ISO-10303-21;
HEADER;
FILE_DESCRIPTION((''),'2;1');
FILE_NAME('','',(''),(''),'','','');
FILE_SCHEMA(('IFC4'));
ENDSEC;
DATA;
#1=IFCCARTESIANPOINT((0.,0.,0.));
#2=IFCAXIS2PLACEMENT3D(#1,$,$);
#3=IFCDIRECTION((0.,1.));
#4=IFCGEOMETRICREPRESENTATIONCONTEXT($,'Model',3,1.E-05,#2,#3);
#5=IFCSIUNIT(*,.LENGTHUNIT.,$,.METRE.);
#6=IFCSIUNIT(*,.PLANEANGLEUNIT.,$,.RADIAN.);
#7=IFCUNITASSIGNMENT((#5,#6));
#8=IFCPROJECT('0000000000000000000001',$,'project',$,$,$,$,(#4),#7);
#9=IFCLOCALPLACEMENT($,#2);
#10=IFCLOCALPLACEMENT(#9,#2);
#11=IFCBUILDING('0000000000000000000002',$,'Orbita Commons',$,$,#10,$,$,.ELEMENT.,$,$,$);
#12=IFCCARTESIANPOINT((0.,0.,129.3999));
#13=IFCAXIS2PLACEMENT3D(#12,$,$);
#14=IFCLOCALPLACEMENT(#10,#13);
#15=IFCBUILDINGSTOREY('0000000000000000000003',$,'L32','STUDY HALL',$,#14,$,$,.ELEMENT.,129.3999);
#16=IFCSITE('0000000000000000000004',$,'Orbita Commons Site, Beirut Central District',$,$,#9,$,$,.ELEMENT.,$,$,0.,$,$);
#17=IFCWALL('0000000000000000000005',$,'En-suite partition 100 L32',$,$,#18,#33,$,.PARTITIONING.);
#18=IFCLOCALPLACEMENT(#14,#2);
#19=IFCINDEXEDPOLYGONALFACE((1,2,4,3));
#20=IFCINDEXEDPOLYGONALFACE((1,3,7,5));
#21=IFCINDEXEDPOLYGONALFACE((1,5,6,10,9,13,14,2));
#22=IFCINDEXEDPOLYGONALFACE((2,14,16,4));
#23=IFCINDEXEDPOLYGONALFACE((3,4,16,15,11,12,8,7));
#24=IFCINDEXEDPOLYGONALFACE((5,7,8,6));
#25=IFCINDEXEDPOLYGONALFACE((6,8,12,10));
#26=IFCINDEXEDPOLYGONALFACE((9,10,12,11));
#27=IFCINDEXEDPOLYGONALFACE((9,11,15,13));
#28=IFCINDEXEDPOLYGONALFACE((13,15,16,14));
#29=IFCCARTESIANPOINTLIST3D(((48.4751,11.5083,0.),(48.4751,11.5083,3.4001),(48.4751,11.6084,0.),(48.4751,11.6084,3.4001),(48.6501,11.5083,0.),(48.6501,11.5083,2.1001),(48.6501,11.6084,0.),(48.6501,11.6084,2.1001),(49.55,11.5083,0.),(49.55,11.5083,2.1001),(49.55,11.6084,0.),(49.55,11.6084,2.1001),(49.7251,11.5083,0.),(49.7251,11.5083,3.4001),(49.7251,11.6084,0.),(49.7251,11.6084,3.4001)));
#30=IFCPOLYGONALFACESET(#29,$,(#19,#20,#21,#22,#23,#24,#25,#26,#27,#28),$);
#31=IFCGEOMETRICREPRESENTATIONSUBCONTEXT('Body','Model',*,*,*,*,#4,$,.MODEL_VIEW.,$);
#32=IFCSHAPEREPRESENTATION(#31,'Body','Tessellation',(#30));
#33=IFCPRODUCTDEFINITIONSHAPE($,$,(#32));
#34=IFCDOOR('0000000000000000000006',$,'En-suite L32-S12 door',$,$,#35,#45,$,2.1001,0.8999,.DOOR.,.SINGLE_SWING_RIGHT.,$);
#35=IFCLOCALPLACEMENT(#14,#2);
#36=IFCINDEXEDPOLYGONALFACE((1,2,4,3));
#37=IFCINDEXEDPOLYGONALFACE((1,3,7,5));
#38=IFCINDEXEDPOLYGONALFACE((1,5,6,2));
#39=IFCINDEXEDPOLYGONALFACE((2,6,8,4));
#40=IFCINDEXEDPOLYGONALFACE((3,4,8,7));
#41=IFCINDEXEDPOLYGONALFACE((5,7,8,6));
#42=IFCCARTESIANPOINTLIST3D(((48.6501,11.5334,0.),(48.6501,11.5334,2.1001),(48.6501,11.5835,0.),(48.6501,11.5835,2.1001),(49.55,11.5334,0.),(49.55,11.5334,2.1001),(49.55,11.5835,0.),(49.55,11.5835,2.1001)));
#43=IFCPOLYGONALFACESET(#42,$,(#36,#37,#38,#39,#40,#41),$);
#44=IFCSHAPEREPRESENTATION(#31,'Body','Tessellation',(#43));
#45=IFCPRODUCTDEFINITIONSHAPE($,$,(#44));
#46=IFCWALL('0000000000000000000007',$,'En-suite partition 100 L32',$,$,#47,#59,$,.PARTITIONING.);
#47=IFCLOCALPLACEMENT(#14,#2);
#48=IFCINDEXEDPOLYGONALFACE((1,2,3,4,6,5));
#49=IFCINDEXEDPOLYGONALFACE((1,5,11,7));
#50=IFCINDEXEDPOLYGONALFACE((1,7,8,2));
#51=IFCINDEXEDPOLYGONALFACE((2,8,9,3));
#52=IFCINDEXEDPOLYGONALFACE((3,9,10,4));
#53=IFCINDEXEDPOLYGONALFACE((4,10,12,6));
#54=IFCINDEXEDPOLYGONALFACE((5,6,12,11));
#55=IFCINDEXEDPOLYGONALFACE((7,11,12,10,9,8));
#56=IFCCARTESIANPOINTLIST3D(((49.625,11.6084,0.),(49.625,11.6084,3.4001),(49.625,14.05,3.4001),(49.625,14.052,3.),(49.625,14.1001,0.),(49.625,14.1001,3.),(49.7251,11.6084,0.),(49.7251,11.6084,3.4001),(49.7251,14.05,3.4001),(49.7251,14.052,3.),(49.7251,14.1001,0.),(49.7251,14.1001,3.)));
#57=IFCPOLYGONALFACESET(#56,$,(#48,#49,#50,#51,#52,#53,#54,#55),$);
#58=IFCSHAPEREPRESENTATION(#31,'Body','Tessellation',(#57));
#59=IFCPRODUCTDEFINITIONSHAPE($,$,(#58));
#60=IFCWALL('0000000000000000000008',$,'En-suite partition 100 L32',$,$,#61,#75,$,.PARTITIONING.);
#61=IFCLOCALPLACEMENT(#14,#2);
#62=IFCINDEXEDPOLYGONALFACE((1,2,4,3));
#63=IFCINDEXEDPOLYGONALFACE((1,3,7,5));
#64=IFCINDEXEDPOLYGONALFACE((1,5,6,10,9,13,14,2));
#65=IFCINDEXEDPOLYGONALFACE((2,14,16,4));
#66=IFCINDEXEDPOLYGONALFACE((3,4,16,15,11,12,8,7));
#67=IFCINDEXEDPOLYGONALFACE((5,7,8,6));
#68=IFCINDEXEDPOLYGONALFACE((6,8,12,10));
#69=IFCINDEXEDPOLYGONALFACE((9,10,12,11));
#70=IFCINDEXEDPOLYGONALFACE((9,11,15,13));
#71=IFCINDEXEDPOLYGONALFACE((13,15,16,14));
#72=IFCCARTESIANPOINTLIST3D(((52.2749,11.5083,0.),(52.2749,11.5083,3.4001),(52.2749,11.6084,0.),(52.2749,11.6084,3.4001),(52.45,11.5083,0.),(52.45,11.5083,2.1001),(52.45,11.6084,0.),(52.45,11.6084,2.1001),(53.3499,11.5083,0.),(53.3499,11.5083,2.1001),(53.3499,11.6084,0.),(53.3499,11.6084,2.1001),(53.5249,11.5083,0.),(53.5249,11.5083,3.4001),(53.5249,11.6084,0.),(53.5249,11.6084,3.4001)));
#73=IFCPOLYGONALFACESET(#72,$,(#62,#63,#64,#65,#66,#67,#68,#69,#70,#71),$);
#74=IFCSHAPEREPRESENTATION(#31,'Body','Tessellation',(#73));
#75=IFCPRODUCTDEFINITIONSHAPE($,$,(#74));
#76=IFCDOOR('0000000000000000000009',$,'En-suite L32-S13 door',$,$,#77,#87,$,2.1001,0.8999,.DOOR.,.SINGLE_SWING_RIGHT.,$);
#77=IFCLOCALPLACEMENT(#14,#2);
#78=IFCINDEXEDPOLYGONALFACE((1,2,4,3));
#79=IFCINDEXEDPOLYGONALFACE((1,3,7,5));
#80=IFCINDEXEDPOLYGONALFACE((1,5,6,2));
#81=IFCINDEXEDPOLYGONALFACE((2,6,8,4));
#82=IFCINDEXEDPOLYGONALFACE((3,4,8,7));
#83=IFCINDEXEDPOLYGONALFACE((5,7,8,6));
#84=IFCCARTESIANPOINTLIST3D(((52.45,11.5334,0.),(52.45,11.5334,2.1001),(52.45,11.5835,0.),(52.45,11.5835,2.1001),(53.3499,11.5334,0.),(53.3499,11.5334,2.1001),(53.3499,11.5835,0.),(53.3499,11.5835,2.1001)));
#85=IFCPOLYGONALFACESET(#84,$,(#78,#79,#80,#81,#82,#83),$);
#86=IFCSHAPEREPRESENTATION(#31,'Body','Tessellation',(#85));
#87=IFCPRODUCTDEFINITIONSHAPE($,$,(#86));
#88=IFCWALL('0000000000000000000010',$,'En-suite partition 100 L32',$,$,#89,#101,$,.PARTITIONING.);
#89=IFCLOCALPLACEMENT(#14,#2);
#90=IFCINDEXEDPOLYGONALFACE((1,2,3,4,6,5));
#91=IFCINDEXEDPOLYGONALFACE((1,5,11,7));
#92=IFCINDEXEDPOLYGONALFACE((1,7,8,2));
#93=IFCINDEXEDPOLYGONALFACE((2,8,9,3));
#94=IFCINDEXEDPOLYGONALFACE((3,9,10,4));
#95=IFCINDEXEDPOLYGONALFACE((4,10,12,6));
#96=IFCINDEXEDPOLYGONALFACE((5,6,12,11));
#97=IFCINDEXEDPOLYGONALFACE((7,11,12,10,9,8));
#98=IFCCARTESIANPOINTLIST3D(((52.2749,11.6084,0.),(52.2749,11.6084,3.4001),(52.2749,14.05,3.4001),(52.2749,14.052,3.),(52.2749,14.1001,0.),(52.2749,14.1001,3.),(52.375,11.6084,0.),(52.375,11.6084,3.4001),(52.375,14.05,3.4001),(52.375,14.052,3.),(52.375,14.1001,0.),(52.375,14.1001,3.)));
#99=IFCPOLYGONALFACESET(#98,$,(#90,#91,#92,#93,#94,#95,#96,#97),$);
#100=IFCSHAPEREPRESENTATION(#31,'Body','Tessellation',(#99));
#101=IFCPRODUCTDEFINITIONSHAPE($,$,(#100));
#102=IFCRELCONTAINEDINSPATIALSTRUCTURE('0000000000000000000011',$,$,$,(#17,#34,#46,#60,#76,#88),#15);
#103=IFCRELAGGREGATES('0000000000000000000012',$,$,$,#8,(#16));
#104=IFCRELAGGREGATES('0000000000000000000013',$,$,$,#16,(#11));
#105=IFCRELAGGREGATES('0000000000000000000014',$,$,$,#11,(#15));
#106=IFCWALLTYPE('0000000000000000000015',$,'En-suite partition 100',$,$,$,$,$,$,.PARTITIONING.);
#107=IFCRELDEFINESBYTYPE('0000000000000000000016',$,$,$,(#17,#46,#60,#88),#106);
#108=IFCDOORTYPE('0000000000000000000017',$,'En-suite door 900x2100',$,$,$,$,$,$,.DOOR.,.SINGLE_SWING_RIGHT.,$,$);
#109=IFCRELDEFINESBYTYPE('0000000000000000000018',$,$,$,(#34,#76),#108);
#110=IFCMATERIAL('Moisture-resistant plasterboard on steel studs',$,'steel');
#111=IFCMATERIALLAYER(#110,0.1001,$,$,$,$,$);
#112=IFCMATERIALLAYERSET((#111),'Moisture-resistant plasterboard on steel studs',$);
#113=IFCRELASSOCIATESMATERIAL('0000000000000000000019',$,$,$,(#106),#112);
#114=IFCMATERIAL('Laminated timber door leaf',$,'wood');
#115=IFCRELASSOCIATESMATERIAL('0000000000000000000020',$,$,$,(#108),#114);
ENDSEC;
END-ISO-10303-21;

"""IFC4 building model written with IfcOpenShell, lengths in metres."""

from ifc_helpers import new_model, si_unit, direction, frame, frame_2d, origin, place, context, subcontext, project, spatial, polyline, rectangle, outline, extrude, material, layer, layer_set, type_object, element, fill, save


model = new_model("IFC4")

# Units and contexts
model_context = context("Model", 3, precision=1e-05, world=origin(), true_north=direction((0.0, 1.0)))
body_context = subcontext(model_context, "Body", "Model", "MODEL_VIEW")
ifc_project = project(units=[si_unit("LENGTHUNIT", "METRE"), si_unit("PLANEANGLEUNIT", "RADIAN")], contexts=[model_context])

# Site, building, storey
site_placement = place(None, origin())
site = spatial("IfcSite", under=ifc_project, at=site_placement, Name="Orbita Commons Site, Beirut Central District", CompositionType="ELEMENT", RefElevation=0.0)
building_placement = place(site_placement, origin())
building = spatial("IfcBuilding", under=site, at=building_placement, Name="Orbita Commons", CompositionType="ELEMENT")
storey_placement = place(building_placement, frame((0.0, 0.0, 129.3999)))
storey = spatial("IfcBuildingStorey", under=building, at=storey_placement, Name="L32", Description="STUDY HALL", CompositionType="ELEMENT", Elevation=129.3999)

# Shared definitions
ifc_material_1 = material(Name="Moisture-resistant plasterboard on steel studs", Category="steel")
ifc_layer_1 = layer(ifc_material_1, 0.1001)
ifc_layer_set_1 = layer_set([ifc_layer_1], Name="Moisture-resistant plasterboard on steel studs")
wall_type_1 = type_object("IfcWallType", Name="En-suite partition 100", PredefinedType="PARTITIONING", material=ifc_layer_set_1)

# Wall, opening, door
wall_1_placement = place(storey_placement, frame((49.7251, 11.5583, 0.0), z_axis=(0.0, 0.0, 1.0), x_axis=(-1.0, 0.0, 0.0)))
wall_1 = element("IfcWall", 1, at=wall_1_placement, inside=storey, type_object=wall_type_1, Name="En-suite partition 100 L32", PredefinedType="PARTITIONING", context=body_context, shape_type="SweptSolid", body=[
    extrude(rectangle(XDim=1.25, YDim=0.1001, at=frame_2d((0.625, 0.0))), origin(), (0.0, 0.0, 1.0), 3.4001),
])
opening_1_placement = place(wall_1_placement, frame((0.175, 0.0, 0.0)))
opening_1 = element("IfcOpeningElement", 2, at=opening_1_placement, cuts=wall_1, PredefinedType="OPENING", context=body_context, shape_type="SweptSolid", body=[
    extrude(rectangle(XDim=0.8999, YDim=2.1001, at=frame_2d((0.45, 1.05))), frame((0.0, 0.0601, 0.0), z_axis=(0.0, -1.0, 0.0), x_axis=(1.0, 0.0, 0.0)), (0.0, 0.0, 1.0), 0.1201),
])
ifc_material_2 = material(Name="Laminated timber door leaf", Category="wood")
door_type_1 = type_object("IfcDoorType", Name="En-suite door 900x2100", OperationType="SINGLE_SWING_RIGHT", PredefinedType="DOOR", material=ifc_material_2)
door_1_placement = place(opening_1_placement, origin())
door_1 = element("IfcDoor", 3, at=door_1_placement, inside=storey, type_object=door_type_1, Name="En-suite L32-S12 door", OperationType="SINGLE_SWING_RIGHT", OverallHeight=2.1001, OverallWidth=0.8999, PredefinedType="DOOR", context=body_context, shape_type="SweptSolid", body=[
    extrude(rectangle(XDim=0.8999, YDim=2.1001, at=frame_2d((0.45, 1.05))), frame((0.0, 0.0249, 0.0), z_axis=(0.0, -1.0, 0.0), x_axis=(1.0, 0.0, 0.0)), (0.0, 0.0, 1.0), 0.05),
])
fill(opening_1, door_1)

# Wall
wall_2_placement = place(storey_placement, frame((49.675, 11.6084, 0.0), z_axis=(0.0, 0.0, 1.0), x_axis=(0.0, 1.0, 0.0)))
element("IfcWall", 4, at=wall_2_placement, inside=storey, type_object=wall_type_1, Name="En-suite partition 100 L32", PredefinedType="PARTITIONING", context=body_context, shape_type="SweptSolid", body=[
    extrude(outline(polyline([(0.0, 0.0), (2.4917, 0.0), (2.4917, 3.0), (2.4436, 3.0), (2.4417, 3.4001), (0.0, 3.4001), (0.0, 0.0)])), frame((0.0, 0.05, 0.0), z_axis=(0.0, -1.0, 0.0), x_axis=(1.0, 0.0, 0.0)), (0.0, 0.0, 1.0), 0.1001),
])

# Wall, opening, door
wall_3_placement = place(storey_placement, frame((53.5249, 11.5583, 0.0), z_axis=(0.0, 0.0, 1.0), x_axis=(-1.0, 0.0, 0.0)))
wall_3 = element("IfcWall", 5, at=wall_3_placement, inside=storey, type_object=wall_type_1, Name="En-suite partition 100 L32", PredefinedType="PARTITIONING", context=body_context, shape_type="SweptSolid", body=[
    extrude(rectangle(XDim=1.25, YDim=0.1001, at=frame_2d((0.625, 0.0))), origin(), (0.0, 0.0, 1.0), 3.4001),
])
opening_2_placement = place(wall_3_placement, frame((0.175, 0.0, 0.0)))
opening_2 = element("IfcOpeningElement", 6, at=opening_2_placement, cuts=wall_3, PredefinedType="OPENING", context=body_context, shape_type="SweptSolid", body=[
    extrude(rectangle(XDim=0.8999, YDim=2.1001, at=frame_2d((0.45, 1.05))), frame((0.0, 0.0601, 0.0), z_axis=(0.0, -1.0, 0.0), x_axis=(1.0, 0.0, 0.0)), (0.0, 0.0, 1.0), 0.1201),
])
door_2_placement = place(opening_2_placement, origin())
door_2 = element("IfcDoor", 7, at=door_2_placement, inside=storey, type_object=door_type_1, Name="En-suite L32-S13 door", OperationType="SINGLE_SWING_RIGHT", OverallHeight=2.1001, OverallWidth=0.8999, PredefinedType="DOOR", context=body_context, shape_type="SweptSolid", body=[
    extrude(rectangle(XDim=0.8999, YDim=2.1001, at=frame_2d((0.45, 1.05))), frame((0.0, 0.0249, 0.0), z_axis=(0.0, -1.0, 0.0), x_axis=(1.0, 0.0, 0.0)), (0.0, 0.0, 1.0), 0.05),
])
fill(opening_2, door_2)

# Wall
wall_4_placement = place(storey_placement, frame((52.325, 11.6084, 0.0), z_axis=(0.0, 0.0, 1.0), x_axis=(0.0, 1.0, 0.0)))
element("IfcWall", 8, at=wall_4_placement, inside=storey, type_object=wall_type_1, Name="En-suite partition 100 L32", PredefinedType="PARTITIONING", context=body_context, shape_type="SweptSolid", body=[
    extrude(outline(polyline([(0.0, 0.0), (2.4917, 0.0), (2.4917, 3.0), (2.4436, 3.0), (2.4417, 3.4001), (0.0, 3.4001), (0.0, 0.0)])), frame((0.0, 0.05, 0.0), z_axis=(0.0, -1.0, 0.0), x_axis=(1.0, 0.0, 0.0)), (0.0, 0.0, 1.0), 0.1001),
])

save(model, "model.ifc")
